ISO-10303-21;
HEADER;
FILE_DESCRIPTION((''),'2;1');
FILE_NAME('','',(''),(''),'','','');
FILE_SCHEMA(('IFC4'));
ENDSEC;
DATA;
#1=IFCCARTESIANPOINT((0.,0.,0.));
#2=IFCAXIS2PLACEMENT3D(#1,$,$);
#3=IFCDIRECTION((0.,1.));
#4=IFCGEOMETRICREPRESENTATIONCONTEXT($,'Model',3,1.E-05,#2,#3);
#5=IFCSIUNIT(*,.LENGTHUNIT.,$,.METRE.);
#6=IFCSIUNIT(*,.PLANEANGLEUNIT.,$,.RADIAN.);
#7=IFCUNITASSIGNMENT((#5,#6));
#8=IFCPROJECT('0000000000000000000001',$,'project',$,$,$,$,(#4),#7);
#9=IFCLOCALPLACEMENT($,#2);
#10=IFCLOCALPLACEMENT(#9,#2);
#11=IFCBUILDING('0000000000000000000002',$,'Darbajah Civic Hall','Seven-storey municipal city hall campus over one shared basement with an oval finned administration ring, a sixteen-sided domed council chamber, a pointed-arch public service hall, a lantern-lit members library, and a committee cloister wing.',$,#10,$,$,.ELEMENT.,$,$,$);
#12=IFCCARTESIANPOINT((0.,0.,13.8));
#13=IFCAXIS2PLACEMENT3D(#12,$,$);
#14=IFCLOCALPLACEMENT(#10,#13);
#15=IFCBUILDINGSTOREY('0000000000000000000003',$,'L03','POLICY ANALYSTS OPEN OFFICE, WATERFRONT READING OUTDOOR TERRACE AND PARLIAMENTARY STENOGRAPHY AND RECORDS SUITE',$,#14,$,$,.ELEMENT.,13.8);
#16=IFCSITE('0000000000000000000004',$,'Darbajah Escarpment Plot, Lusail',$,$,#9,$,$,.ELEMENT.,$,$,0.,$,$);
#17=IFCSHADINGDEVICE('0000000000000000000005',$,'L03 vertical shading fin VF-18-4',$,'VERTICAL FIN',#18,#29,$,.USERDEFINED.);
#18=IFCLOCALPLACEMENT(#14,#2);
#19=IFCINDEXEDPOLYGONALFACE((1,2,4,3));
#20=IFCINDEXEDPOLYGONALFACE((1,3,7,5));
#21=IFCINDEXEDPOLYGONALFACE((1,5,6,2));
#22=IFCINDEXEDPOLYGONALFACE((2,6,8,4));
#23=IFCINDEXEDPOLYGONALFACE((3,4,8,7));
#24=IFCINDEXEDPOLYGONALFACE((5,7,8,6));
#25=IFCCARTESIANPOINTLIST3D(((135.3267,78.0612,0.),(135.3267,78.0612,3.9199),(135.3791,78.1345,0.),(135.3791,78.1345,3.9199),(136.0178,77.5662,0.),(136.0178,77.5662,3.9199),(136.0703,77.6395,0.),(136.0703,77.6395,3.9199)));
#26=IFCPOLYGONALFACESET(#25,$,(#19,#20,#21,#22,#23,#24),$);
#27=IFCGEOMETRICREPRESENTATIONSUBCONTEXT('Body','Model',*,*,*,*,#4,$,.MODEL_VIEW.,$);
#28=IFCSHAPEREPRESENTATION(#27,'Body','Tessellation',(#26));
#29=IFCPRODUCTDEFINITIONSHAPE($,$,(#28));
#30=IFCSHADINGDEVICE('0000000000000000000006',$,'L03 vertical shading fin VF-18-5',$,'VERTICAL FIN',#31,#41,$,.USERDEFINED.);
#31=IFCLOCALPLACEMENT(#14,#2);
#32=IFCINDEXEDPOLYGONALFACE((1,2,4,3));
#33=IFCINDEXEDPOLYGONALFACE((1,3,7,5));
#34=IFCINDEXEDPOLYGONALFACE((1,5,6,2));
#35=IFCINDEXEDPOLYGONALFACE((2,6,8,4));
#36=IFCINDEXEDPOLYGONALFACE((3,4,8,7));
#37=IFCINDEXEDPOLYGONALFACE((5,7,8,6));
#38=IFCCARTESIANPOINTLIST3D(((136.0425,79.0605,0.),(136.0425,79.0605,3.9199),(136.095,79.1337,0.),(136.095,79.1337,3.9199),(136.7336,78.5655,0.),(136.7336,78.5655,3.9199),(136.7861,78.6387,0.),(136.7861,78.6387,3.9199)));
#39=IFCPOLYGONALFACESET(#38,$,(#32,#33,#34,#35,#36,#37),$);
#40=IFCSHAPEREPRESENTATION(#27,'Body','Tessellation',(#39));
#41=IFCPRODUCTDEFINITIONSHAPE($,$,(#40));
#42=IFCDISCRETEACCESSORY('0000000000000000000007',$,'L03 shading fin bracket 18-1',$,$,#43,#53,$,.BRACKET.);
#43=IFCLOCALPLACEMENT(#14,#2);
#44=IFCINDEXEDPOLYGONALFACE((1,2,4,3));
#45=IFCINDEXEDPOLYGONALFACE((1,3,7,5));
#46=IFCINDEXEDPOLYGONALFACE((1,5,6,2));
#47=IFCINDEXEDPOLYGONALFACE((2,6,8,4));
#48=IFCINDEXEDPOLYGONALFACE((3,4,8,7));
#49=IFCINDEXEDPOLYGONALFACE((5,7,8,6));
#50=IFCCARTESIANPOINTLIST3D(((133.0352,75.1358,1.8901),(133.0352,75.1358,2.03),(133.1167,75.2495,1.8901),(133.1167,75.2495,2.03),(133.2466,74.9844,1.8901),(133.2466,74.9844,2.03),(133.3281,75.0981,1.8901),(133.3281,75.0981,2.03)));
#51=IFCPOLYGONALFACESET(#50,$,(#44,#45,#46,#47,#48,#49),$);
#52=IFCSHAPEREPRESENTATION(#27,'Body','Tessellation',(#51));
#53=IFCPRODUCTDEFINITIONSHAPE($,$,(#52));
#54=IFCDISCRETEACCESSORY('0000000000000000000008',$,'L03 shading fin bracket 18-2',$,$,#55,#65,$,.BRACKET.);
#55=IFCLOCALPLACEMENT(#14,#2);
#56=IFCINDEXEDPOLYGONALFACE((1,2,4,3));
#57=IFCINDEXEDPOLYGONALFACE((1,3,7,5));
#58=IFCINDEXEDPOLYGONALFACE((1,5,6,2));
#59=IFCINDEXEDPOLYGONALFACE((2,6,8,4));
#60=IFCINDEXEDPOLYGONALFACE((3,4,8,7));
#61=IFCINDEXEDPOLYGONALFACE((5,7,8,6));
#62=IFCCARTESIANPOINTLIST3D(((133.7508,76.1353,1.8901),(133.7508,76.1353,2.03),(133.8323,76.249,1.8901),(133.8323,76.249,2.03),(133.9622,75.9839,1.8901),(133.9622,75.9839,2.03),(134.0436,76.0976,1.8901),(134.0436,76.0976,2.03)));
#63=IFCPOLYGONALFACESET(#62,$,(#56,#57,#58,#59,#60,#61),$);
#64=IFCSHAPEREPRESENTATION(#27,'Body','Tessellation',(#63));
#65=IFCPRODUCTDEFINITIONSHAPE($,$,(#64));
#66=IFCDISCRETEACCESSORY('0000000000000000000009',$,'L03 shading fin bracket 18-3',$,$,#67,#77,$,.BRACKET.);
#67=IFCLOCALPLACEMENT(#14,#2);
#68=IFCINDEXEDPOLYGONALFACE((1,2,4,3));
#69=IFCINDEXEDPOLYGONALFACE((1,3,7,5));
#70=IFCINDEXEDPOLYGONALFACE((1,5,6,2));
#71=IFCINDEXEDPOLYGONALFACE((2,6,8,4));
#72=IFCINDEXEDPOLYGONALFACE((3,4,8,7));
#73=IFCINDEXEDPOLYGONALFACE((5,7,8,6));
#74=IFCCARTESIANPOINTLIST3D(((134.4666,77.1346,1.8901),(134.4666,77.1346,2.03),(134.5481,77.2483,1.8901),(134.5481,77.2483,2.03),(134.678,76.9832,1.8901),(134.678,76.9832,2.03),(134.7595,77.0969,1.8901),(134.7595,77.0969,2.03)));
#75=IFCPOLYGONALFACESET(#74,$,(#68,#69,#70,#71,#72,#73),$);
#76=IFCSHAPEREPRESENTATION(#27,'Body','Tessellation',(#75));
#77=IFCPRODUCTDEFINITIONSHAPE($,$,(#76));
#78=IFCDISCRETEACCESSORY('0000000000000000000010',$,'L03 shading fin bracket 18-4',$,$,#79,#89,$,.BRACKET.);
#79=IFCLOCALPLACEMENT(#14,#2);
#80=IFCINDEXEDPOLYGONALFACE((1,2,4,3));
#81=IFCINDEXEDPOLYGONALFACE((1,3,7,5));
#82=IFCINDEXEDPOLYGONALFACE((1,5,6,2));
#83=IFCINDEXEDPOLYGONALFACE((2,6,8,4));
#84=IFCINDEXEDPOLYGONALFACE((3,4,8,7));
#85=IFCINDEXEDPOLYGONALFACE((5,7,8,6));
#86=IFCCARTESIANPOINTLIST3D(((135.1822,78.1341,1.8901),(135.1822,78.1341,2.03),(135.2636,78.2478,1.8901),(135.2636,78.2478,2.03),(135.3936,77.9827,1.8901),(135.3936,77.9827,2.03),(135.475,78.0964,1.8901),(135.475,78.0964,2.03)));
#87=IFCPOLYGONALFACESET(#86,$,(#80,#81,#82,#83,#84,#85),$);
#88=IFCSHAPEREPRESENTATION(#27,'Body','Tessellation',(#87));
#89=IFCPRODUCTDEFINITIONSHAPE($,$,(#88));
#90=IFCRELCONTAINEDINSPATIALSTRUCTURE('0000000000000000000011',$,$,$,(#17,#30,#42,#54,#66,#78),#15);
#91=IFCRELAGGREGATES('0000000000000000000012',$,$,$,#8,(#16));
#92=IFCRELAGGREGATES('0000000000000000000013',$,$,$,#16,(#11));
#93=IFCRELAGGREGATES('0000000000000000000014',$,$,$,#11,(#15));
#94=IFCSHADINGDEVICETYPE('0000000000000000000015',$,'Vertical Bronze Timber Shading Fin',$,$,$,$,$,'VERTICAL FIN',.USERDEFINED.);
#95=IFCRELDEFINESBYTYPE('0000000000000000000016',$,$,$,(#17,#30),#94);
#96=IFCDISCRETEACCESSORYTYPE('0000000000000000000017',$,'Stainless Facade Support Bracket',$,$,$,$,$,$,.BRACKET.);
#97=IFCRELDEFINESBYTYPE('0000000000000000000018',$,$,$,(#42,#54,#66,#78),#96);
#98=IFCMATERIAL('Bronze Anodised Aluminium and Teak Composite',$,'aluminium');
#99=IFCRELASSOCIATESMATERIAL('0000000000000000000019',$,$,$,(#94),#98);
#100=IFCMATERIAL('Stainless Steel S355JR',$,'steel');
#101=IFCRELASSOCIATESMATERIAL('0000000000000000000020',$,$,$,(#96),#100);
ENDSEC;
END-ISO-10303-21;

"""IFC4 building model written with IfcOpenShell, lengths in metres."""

from ifc_helpers import new_model, si_unit, direction, frame, origin, origin_2d, place, context, subcontext, project, spatial, rectangle, extrude, material, type_object, element, save


model = new_model("IFC4")

# Units and contexts
model_context = context("Model", 3, precision=1e-05, world=origin(), true_north=direction((0.0, 1.0)))
body_context = subcontext(model_context, "Body", "Model", "MODEL_VIEW")
ifc_project = project(units=[si_unit("LENGTHUNIT", "METRE"), si_unit("PLANEANGLEUNIT", "RADIAN")], contexts=[model_context])

# Site, building, storey
site_placement = place(None, origin())
site = spatial("IfcSite", under=ifc_project, at=site_placement, Name="Darbajah Escarpment Plot, Lusail", CompositionType="ELEMENT", RefElevation=0.0)
building_placement = place(site_placement, origin())
building = spatial("IfcBuilding", under=site, at=building_placement, Name="Darbajah Civic Hall", Description="Seven-storey municipal city hall campus over one shared basement with an oval finned administration ring, a sixteen-sided domed council chamber, a pointed-arch public service hall, a lantern-lit members library, and a committee cloister wing.", CompositionType="ELEMENT")
storey_placement = place(building_placement, frame((0.0, 0.0, 13.8)))
storey = spatial("IfcBuildingStorey", under=building, at=storey_placement, Name="L03", Description="POLICY ANALYSTS OPEN OFFICE, WATERFRONT READING OUTDOOR TERRACE AND PARLIAMENTARY STENOGRAPHY AND RECORDS SUITE", CompositionType="ELEMENT", Elevation=13.8)

# Shading devices
ifc_material_1 = material(Name="Bronze Anodised Aluminium and Teak Composite", Category="aluminium")
shading_device_type = type_object("IfcShadingDeviceType", Name="Vertical Bronze Timber Shading Fin", ElementType="VERTICAL FIN", PredefinedType="USERDEFINED", material=ifc_material_1)
for number, where, z_axis, x_axis, name in (
    (1, (135.6985, 77.8503, 0.0), (0.0, 0.0, 1.0), (0.812999, -0.582265, 0.0), "L03 vertical shading fin VF-18-4"),
    (2, (136.4143, 78.8496, 0.0), (0.0, 0.0, 1.0), (0.812999, -0.582265, 0.0), "L03 vertical shading fin VF-18-5"),
):
    element("IfcShadingDevice", number, at=place(storey_placement, frame(where, z_axis=z_axis, x_axis=x_axis)), inside=storey, type_object=shading_device_type, Name=name, ObjectType="VERTICAL FIN", PredefinedType="USERDEFINED", context=body_context, shape_type="SweptSolid", body=[
        extrude(rectangle(XDim=0.8501, YDim=0.0901, at=origin_2d()), origin(), (0.0, 0.0, 1.0), 3.9199),
    ])

# Discrete accessories
ifc_material_2 = material(Name="Stainless Steel S355JR", Category="steel")
discrete_accessory_type = type_object("IfcDiscreteAccessoryType", Name="Stainless Facade Support Bracket", PredefinedType="BRACKET", material=ifc_material_2)
for number, where, z_axis, x_axis, name in (
    (3, (133.1816, 75.1169, 1.8901), (0.0, 0.0, 1.0), (0.812999, -0.582265, 0.0), "L03 shading fin bracket 18-1"),
    (4, (133.8972, 76.1165, 1.8901), (0.0, 0.0, 1.0), (0.812999, -0.582265, 0.0), "L03 shading fin bracket 18-2"),
    (5, (134.613, 77.1157, 1.8901), (0.0, 0.0, 1.0), (0.812999, -0.582265, 0.0), "L03 shading fin bracket 18-3"),
    (6, (135.3286, 78.1152, 1.8901), (0.0, 0.0, 1.0), (0.812999, -0.582265, 0.0), "L03 shading fin bracket 18-4"),
):
    element("IfcDiscreteAccessory", number, at=place(storey_placement, frame(where, z_axis=z_axis, x_axis=x_axis)), inside=storey, type_object=discrete_accessory_type, Name=name, PredefinedType="BRACKET", context=body_context, shape_type="SweptSolid", body=[
        extrude(rectangle(XDim=0.26, YDim=0.1399, at=origin_2d()), origin(), (0.0, 0.0, 1.0), 0.1399),
    ])

save(model, "model.ifc")
